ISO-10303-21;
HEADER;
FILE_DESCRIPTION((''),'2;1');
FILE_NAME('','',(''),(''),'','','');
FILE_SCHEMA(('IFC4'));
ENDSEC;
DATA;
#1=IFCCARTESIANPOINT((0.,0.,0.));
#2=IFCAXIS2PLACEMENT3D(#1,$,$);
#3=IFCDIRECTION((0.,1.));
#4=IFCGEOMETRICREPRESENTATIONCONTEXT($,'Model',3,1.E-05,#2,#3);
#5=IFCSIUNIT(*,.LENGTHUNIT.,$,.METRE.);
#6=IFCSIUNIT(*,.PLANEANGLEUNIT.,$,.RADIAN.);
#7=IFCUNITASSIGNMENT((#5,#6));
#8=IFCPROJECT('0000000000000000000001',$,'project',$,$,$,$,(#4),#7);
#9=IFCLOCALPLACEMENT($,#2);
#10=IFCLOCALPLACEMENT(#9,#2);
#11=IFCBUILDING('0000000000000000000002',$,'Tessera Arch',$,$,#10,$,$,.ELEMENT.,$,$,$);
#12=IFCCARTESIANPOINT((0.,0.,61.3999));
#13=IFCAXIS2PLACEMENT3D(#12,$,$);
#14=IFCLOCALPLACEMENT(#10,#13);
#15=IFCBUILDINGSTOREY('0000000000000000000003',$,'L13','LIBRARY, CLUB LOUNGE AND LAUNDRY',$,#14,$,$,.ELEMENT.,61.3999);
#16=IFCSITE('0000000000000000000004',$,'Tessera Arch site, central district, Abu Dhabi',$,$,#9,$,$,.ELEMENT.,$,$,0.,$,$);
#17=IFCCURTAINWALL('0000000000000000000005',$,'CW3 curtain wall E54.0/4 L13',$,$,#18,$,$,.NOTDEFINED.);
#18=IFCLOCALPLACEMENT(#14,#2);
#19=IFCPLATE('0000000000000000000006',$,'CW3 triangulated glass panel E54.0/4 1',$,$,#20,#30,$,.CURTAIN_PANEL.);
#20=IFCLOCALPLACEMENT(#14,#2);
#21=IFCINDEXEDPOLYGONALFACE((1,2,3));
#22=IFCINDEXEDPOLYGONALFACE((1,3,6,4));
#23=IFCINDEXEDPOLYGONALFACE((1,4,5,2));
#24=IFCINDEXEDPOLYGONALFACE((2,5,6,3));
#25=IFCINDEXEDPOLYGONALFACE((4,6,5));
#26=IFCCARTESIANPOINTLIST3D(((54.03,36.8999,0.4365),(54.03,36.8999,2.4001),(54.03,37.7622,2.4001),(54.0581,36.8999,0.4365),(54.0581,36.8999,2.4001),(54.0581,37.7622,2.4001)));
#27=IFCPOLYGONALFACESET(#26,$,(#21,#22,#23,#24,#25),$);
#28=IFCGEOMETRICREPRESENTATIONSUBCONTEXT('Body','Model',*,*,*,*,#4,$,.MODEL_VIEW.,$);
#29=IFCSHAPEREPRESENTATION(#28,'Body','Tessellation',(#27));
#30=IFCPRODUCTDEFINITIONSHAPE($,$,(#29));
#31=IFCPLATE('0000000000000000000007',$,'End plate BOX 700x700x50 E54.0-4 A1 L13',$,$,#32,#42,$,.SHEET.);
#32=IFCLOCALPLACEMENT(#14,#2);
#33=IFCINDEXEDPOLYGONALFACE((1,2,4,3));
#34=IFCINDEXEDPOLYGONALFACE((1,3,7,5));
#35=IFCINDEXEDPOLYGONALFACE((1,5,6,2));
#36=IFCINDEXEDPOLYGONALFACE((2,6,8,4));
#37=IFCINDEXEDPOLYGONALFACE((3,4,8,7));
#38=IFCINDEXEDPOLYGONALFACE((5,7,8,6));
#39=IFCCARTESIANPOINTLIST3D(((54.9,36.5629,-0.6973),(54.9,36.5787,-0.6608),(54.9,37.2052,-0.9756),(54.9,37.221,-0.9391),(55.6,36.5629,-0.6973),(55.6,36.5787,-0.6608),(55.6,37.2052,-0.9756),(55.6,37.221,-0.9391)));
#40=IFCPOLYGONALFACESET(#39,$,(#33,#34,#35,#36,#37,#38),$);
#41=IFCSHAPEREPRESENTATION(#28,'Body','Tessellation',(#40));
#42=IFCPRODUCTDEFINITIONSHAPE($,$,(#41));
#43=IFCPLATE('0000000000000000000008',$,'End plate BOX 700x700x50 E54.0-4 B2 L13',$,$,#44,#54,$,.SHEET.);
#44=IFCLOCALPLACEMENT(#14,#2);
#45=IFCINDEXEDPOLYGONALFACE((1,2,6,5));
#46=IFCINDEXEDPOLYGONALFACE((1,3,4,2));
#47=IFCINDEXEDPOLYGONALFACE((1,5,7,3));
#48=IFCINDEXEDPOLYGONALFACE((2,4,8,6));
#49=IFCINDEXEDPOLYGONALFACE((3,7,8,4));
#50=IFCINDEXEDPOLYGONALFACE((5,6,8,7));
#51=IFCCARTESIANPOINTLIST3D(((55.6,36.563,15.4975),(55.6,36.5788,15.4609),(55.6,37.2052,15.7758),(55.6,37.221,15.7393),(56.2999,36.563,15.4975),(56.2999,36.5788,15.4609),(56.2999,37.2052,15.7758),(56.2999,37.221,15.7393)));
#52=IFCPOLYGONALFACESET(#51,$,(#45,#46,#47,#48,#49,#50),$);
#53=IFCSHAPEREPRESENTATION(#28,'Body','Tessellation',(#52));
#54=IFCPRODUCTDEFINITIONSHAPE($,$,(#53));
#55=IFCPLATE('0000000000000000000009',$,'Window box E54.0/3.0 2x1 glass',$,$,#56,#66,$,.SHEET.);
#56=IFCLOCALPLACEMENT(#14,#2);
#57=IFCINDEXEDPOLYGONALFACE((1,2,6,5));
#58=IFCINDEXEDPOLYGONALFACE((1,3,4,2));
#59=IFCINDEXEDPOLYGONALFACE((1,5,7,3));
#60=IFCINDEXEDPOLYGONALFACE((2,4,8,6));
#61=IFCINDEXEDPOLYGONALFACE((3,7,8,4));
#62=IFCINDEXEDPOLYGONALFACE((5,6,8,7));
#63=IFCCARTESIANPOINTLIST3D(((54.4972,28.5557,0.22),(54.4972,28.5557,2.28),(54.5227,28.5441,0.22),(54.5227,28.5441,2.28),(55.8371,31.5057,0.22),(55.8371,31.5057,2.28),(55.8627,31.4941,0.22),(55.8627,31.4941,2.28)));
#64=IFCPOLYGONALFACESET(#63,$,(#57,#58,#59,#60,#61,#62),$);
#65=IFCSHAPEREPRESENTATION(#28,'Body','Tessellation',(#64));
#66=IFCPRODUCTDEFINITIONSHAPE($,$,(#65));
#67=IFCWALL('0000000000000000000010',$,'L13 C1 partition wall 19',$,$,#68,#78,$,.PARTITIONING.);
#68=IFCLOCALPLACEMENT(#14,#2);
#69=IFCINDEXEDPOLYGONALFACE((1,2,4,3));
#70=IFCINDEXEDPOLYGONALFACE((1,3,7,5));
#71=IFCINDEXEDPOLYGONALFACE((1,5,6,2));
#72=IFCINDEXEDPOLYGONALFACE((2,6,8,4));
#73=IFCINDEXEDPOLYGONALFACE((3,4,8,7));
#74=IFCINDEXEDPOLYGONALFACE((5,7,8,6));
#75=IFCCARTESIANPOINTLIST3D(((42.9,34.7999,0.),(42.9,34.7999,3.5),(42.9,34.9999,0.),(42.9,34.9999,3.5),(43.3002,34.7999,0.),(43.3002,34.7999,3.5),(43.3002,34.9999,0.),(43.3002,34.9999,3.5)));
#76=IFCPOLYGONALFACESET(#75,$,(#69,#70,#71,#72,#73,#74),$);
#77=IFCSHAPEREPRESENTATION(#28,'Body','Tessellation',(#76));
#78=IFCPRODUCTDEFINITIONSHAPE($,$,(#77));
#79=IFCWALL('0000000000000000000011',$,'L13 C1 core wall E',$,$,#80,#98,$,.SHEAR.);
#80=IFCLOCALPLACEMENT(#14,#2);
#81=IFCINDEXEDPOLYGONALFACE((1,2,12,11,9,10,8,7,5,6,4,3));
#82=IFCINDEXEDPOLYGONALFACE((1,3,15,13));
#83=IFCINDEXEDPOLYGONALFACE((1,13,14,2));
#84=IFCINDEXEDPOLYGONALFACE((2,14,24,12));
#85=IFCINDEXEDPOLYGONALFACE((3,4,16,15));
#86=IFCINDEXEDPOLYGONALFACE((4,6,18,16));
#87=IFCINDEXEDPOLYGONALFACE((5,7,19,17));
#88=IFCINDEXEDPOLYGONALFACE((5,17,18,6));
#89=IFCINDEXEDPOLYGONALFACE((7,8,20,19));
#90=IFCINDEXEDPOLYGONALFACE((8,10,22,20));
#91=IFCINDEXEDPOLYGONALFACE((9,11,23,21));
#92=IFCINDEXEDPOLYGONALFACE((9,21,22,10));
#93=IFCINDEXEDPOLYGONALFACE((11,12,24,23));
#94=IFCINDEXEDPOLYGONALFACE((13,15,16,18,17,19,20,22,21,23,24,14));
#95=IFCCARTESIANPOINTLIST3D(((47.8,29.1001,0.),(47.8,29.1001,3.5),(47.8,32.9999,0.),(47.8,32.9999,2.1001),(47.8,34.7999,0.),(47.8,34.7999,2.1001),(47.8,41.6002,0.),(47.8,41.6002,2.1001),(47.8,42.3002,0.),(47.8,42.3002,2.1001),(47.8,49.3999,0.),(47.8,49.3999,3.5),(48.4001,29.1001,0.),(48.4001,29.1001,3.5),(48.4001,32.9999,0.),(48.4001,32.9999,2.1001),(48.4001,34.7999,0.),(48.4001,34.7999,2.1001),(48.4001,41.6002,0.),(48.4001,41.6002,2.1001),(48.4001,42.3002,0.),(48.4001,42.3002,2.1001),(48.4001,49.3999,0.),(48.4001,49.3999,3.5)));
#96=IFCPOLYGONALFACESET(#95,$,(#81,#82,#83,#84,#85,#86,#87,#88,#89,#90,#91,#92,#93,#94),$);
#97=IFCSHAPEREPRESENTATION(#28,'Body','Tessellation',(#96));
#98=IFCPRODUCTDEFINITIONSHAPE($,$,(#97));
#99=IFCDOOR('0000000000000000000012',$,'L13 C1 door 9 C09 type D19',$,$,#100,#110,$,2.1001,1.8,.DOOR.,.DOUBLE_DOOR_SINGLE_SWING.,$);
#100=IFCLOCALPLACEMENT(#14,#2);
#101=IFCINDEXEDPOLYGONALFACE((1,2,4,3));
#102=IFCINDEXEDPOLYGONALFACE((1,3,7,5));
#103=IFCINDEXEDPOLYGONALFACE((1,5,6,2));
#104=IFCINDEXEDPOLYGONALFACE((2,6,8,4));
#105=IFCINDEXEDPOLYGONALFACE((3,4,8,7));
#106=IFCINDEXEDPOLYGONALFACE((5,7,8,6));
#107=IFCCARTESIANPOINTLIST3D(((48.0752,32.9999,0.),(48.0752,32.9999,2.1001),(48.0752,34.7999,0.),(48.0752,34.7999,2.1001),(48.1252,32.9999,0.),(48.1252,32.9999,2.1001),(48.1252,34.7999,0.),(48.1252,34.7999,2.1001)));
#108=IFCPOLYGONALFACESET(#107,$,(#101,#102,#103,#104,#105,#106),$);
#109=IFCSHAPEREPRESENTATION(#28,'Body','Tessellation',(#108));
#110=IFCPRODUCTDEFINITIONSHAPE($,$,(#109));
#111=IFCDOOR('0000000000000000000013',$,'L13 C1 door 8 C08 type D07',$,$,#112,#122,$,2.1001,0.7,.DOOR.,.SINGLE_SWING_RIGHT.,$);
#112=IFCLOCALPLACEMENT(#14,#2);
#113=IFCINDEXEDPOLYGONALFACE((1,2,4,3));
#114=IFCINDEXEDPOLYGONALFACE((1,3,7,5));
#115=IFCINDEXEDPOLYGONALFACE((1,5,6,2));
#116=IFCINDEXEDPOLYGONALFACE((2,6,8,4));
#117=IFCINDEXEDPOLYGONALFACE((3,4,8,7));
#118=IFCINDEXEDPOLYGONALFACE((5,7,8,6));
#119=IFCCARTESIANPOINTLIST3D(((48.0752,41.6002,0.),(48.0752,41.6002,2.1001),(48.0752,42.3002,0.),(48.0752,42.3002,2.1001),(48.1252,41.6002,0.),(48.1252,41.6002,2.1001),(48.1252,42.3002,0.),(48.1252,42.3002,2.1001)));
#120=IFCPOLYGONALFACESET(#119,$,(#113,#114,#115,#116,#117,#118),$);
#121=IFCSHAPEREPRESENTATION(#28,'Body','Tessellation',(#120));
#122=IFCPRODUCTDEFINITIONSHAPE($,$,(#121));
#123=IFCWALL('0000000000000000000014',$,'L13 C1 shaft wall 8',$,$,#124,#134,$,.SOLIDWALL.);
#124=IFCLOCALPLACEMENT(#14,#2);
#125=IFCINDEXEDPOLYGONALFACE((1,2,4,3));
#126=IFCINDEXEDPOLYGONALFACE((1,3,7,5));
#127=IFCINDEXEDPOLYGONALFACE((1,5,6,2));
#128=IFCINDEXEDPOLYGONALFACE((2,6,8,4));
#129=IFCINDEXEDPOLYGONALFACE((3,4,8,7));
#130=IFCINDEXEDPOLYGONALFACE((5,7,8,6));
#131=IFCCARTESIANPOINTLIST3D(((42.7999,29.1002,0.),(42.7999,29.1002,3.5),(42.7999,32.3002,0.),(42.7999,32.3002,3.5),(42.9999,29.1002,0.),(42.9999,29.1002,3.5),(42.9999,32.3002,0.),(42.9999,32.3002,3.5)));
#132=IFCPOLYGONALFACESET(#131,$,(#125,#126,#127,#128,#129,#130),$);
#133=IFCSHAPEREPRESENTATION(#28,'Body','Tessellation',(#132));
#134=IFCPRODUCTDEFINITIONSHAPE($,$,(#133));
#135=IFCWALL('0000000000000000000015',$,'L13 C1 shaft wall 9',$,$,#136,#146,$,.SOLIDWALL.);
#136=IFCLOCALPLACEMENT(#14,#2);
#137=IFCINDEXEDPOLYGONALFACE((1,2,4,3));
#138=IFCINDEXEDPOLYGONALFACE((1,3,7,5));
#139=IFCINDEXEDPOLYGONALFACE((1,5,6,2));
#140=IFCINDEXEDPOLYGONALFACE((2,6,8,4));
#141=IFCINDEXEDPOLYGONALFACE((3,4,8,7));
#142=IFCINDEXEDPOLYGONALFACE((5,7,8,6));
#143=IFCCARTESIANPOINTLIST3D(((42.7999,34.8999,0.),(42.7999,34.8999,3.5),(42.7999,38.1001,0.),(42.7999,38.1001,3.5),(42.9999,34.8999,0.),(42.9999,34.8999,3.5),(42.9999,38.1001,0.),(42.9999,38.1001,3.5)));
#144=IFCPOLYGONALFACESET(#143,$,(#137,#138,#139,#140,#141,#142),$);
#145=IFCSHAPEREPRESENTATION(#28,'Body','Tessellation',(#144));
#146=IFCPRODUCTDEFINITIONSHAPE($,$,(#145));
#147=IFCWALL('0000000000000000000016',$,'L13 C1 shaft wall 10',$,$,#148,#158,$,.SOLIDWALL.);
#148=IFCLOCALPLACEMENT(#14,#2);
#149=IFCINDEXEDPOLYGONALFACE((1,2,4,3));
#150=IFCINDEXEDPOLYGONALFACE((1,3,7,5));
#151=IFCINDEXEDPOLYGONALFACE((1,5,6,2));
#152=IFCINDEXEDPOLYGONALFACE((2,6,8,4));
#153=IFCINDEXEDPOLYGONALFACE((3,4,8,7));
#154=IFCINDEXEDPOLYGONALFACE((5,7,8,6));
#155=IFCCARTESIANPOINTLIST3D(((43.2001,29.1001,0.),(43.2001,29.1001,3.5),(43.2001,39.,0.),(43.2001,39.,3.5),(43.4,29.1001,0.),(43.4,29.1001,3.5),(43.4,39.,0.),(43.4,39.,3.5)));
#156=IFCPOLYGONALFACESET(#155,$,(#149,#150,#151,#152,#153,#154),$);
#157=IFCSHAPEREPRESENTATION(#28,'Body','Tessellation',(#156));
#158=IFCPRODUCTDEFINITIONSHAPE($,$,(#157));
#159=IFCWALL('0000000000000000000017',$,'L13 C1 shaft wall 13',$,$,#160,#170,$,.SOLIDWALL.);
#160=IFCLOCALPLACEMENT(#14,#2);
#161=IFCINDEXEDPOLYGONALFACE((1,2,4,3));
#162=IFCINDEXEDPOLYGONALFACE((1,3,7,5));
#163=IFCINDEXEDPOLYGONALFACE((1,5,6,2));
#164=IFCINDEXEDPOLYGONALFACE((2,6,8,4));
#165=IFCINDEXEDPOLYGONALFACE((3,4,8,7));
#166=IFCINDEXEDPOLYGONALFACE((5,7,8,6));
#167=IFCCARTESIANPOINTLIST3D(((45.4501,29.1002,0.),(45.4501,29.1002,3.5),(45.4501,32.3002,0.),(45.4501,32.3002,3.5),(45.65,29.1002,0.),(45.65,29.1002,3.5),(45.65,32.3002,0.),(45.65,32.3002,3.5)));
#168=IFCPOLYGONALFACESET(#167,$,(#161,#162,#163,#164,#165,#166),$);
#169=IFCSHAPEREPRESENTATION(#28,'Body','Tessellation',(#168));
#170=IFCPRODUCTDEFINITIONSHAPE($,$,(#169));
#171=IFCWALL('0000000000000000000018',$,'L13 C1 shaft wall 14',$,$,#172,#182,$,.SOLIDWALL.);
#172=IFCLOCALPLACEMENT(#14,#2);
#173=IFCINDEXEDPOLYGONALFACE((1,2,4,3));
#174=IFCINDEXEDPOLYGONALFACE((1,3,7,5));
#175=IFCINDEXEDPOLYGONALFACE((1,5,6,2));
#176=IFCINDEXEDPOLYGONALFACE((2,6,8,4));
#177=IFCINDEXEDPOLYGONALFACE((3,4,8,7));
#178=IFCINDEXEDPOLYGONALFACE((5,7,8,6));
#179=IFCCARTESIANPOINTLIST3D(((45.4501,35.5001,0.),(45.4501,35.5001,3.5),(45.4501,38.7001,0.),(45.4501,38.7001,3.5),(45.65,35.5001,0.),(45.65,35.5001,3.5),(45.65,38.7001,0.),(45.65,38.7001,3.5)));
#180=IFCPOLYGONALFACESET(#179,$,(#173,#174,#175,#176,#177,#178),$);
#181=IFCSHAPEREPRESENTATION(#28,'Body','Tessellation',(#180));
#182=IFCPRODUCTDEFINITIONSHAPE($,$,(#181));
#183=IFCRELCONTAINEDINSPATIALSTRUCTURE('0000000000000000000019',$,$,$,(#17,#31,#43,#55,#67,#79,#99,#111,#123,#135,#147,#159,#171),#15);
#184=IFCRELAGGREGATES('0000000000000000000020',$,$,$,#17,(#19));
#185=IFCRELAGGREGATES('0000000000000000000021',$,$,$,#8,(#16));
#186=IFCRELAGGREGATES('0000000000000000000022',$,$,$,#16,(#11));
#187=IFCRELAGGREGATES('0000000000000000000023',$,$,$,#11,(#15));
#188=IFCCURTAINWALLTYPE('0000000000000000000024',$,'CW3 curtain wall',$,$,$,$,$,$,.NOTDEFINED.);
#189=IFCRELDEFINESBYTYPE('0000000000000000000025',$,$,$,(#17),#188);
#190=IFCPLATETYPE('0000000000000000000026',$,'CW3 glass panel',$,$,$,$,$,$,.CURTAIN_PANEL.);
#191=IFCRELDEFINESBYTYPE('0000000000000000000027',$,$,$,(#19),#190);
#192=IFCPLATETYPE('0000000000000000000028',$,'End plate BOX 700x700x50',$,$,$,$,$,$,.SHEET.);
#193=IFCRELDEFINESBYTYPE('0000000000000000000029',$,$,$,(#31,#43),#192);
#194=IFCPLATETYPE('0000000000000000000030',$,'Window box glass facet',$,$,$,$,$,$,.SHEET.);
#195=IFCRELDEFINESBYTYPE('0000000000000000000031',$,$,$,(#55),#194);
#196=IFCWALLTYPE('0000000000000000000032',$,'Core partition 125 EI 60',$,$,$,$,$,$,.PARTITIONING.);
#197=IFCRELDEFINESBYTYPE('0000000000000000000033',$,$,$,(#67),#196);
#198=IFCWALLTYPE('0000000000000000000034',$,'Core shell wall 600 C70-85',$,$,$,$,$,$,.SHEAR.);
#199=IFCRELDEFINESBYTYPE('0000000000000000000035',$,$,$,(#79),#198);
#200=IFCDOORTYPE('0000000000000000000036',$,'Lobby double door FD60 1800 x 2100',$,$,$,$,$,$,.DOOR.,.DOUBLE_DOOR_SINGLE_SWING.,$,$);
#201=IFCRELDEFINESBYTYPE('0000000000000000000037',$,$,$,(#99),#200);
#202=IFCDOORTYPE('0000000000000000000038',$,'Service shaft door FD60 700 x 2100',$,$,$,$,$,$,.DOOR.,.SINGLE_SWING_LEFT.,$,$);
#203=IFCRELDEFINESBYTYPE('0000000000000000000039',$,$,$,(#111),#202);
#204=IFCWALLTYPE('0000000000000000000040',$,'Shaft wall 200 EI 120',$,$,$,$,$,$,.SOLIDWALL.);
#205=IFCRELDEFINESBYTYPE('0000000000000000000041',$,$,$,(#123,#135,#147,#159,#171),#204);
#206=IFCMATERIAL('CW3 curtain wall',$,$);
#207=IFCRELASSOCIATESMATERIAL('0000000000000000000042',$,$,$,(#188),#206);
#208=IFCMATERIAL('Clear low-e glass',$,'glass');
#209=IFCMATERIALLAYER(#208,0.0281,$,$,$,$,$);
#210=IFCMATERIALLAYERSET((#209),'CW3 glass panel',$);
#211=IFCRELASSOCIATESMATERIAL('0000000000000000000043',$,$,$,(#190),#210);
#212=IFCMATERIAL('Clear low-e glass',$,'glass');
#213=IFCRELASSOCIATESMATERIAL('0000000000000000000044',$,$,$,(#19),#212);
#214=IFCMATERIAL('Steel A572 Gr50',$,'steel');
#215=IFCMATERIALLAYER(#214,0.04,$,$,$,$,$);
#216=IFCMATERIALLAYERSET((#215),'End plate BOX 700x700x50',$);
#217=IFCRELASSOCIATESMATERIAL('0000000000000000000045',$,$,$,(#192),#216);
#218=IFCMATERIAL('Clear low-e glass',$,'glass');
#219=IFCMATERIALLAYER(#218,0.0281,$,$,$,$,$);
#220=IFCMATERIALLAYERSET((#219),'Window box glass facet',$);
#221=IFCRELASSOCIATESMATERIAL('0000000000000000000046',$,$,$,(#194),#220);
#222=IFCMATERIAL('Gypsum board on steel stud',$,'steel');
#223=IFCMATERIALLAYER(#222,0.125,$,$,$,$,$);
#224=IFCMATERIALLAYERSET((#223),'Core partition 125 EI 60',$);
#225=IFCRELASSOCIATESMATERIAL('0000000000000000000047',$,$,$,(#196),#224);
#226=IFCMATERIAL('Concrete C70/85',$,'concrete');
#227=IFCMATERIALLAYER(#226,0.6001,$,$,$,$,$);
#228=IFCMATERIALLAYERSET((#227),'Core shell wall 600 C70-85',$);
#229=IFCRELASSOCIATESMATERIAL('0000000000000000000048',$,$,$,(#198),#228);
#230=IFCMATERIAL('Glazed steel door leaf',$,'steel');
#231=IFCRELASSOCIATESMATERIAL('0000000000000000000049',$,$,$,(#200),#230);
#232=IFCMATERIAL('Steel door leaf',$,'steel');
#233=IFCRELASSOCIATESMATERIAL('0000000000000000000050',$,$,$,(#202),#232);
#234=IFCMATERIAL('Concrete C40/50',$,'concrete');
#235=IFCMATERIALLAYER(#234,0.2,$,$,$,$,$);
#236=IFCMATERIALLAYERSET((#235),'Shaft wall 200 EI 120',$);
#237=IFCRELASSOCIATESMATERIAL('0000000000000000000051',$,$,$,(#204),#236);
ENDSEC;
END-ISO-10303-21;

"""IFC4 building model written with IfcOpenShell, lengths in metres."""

from ifc_helpers import new_model, si_unit, direction, frame, frame_2d, origin, origin_2d, place, context, subcontext, project, spatial, polyline, rectangle, outline, extrude, material, layer, layer_set, type_object, element, fill, aggregate, save


model = new_model("IFC4")

# Units and contexts
model_context = context("Model", 3, precision=1e-05, world=origin(), true_north=direction((0.0, 1.0)))
body_context = subcontext(model_context, "Body", "Model", "MODEL_VIEW")
ifc_project = project(units=[si_unit("LENGTHUNIT", "METRE"), si_unit("PLANEANGLEUNIT", "RADIAN")], contexts=[model_context])

# Site, building, storey
site_placement = place(None, origin())
site = spatial("IfcSite", under=ifc_project, at=site_placement, Name="Tessera Arch site, central district, Abu Dhabi", CompositionType="ELEMENT", RefElevation=0.0)
building_placement = place(site_placement, origin())
building = spatial("IfcBuilding", under=site, at=building_placement, Name="Tessera Arch", CompositionType="ELEMENT")
storey_placement = place(building_placement, frame((0.0, 0.0, 61.3999)))
storey = spatial("IfcBuildingStorey", under=building, at=storey_placement, Name="L13", Description="LIBRARY, CLUB LOUNGE AND LAUNDRY", CompositionType="ELEMENT", Elevation=61.3999)

# Curtain wall
ifc_material_1 = material(Name="CW3 curtain wall")
curtain_wall_type_1 = type_object("IfcCurtainWallType", Name="CW3 curtain wall", PredefinedType="NOTDEFINED", material=ifc_material_1)
curtain_wall_1_placement = place(storey_placement, origin())
curtain_wall_1 = element("IfcCurtainWall", 1, at=curtain_wall_1_placement, inside=storey, type_object=curtain_wall_type_1, Name="CW3 curtain wall E54.0/4 L13", PredefinedType="NOTDEFINED")

# Plate
ifc_material_2 = material(Name="Clear low-e glass", Category="glass")
ifc_material_3 = material(Name="Clear low-e glass", Category="glass")
ifc_layer_1 = layer(ifc_material_3, 0.0281)
ifc_layer_set_1 = layer_set([ifc_layer_1], Name="CW3 glass panel")
plate_type_1 = type_object("IfcPlateType", Name="CW3 glass panel", PredefinedType="CURTAIN_PANEL", material=ifc_layer_set_1)
plate_1_placement = place(storey_placement, frame((54.0581, 36.8999, 2.4001), z_axis=(1.0, 0.0, 0.0), x_axis=(0.0, 0.0, -1.0)))
plate_1 = element("IfcPlate", 2, at=plate_1_placement, type_object=plate_type_1, material=ifc_material_2, Name="CW3 triangulated glass panel E54.0/4 1", PredefinedType="CURTAIN_PANEL", context=body_context, shape_type="SweptSolid", body=[
    extrude(outline(polyline([(0.0, 0.0), (1.9636, 0.0), (0.0, 0.8623), (0.0, 0.0)])), origin(), (0.0, 0.0, -1.0), 0.0281),
])
aggregate(curtain_wall_1, [plate_1])

# Plates
ifc_material_4 = material(Name="Steel A572 Gr50", Category="steel")
ifc_layer_2 = layer(ifc_material_4, 0.04)
ifc_layer_set_2 = layer_set([ifc_layer_2], Name="End plate BOX 700x700x50")
plate_type_2 = type_object("IfcPlateType", Name="End plate BOX 700x700x50", PredefinedType="SHEET", material=ifc_layer_set_2)
for number, where, z_axis, x_axis, name in (
    (3, (55.25, 36.884, -0.8364), (0.0, 0.397607, 0.917556), (-1.0, 0.0, 0.0), "End plate BOX 700x700x50 E54.0-4 A1 L13"),
    (4, (55.95, 36.8999, 15.6001), (0.0, -0.397607, 0.917556), (1.0, 0.0, 0.0), "End plate BOX 700x700x50 E54.0-4 B2 L13"),
):
    element("IfcPlate", number, at=place(storey_placement, frame(where, z_axis=z_axis, x_axis=x_axis)), inside=storey, type_object=plate_type_2, Name=name, PredefinedType="SHEET", context=body_context, shape_type="SweptSolid", body=[
        extrude(rectangle(XDim=0.7, YDim=0.7, at=origin_2d()), origin(), (0.0, 0.0, 1.0), 0.0398),
    ])
ifc_material_5 = material(Name="Clear low-e glass", Category="glass")
ifc_layer_3 = layer(ifc_material_5, 0.0281)
ifc_layer_set_3 = layer_set([ifc_layer_3], Name="Window box glass facet")
plate_type_3 = type_object("IfcPlateType", Name="Window box glass facet", PredefinedType="SHEET", material=ifc_layer_set_3)
plate_2_placement = place(storey_placement, frame((55.1799, 30.0249, 0.22), z_axis=(0.0, 0.0, 1.0), x_axis=(0.41357, 0.910472, 0.0)))
element("IfcPlate", 5, at=plate_2_placement, inside=storey, type_object=plate_type_3, Name="Window box E54.0/3.0 2x1 glass", PredefinedType="SHEET", context=body_context, shape_type="SweptSolid", body=[
    extrude(rectangle(XDim=3.24, YDim=0.0281, at=origin_2d()), origin(), (0.0, 0.0, 1.0), 2.0601),
])

# Wall
ifc_material_6 = material(Name="Gypsum board on steel stud", Category="steel")
ifc_layer_4 = layer(ifc_material_6, 0.125)
ifc_layer_set_4 = layer_set([ifc_layer_4], Name="Core partition 125 EI 60")
wall_type_1 = type_object("IfcWallType", Name="Core partition 125 EI 60", PredefinedType="PARTITIONING", material=ifc_layer_set_4)
wall_1_placement = place(storey_placement, frame((42.8999, 34.8999, 0.0), z_axis=(0.0, 0.0, 1.0), x_axis=(1.0, 0.0, 0.0)))
element("IfcWall", 6, at=wall_1_placement, inside=storey, type_object=wall_type_1, Name="L13 C1 partition wall 19", PredefinedType="PARTITIONING", context=body_context, shape_type="SweptSolid", body=[
    extrude(rectangle(XDim=0.4001, YDim=0.2, at=frame_2d((0.2002, 0.0))), origin(), (0.0, 0.0, 1.0), 3.5),
])

# Wall, openings, doors
ifc_material_7 = material(Name="Concrete C70/85", Category="concrete")
ifc_layer_5 = layer(ifc_material_7, 0.6001)
ifc_layer_set_5 = layer_set([ifc_layer_5], Name="Core shell wall 600 C70-85")
wall_type_2 = type_object("IfcWallType", Name="Core shell wall 600 C70-85", PredefinedType="SHEAR", material=ifc_layer_set_5)
wall_2_placement = place(storey_placement, frame((48.1001, 29.1001, 0.0), z_axis=(0.0, 0.0, 1.0), x_axis=(0.0, 1.0, 0.0)))
wall_2 = element("IfcWall", 7, at=wall_2_placement, inside=storey, type_object=wall_type_2, Name="L13 C1 core wall E", PredefinedType="SHEAR", context=body_context, shape_type="SweptSolid", body=[
    extrude(rectangle(XDim=20.2998, YDim=0.6001, at=frame_2d((10.1499, 0.0))), origin(), (0.0, 0.0, 1.0), 3.5),
])
opening_1_placement = place(wall_2_placement, frame((12.5, 0.0, 0.0)))
opening_1 = element("IfcOpeningElement", 8, at=opening_1_placement, cuts=wall_2, PredefinedType="OPENING", context=body_context, shape_type="SweptSolid", body=[
    extrude(rectangle(XDim=0.7, YDim=2.1001, at=frame_2d((0.3501, 1.05))), frame((0.0, 0.3101, 0.0), z_axis=(0.0, -1.0, 0.0), x_axis=(1.0, 0.0, 0.0)), (0.0, 0.0, 1.0), 0.6201),
])
opening_2_placement = place(wall_2_placement, frame((3.8999, 0.0, 0.0)))
opening_2 = element("IfcOpeningElement", 9, at=opening_2_placement, cuts=wall_2, PredefinedType="OPENING", context=body_context, shape_type="SweptSolid", body=[
    extrude(rectangle(XDim=1.8, YDim=2.1001, at=frame_2d((0.8999, 1.05))), frame((0.0, 0.3101, 0.0), z_axis=(0.0, -1.0, 0.0), x_axis=(1.0, 0.0, 0.0)), (0.0, 0.0, 1.0), 0.6201),
])
ifc_material_8 = material(Name="Glazed steel door leaf", Category="steel")
door_type_1 = type_object("IfcDoorType", Name="Lobby double door FD60 1800 x 2100", OperationType="DOUBLE_DOOR_SINGLE_SWING", PredefinedType="DOOR", material=ifc_material_8)
door_1_placement = place(opening_2_placement, origin())
door_1 = element("IfcDoor", 10, at=door_1_placement, inside=storey, type_object=door_type_1, Name="L13 C1 door 9 C09 type D19", OperationType="DOUBLE_DOOR_SINGLE_SWING", OverallHeight=2.1001, OverallWidth=1.8, PredefinedType="DOOR", context=body_context, shape_type="SweptSolid", body=[
    extrude(rectangle(XDim=1.8, YDim=2.1001, at=frame_2d((0.8999, 1.05))), frame((0.0, 0.0249, 0.0), z_axis=(0.0, -1.0, 0.0), x_axis=(1.0, 0.0, 0.0)), (0.0, 0.0, 1.0), 0.05),
])
fill(opening_2, door_1)
ifc_material_9 = material(Name="Steel door leaf", Category="steel")
door_type_2 = type_object("IfcDoorType", Name="Service shaft door FD60 700 x 2100", OperationType="SINGLE_SWING_LEFT", PredefinedType="DOOR", material=ifc_material_9)
door_2_placement = place(opening_1_placement, origin())
door_2 = element("IfcDoor", 11, at=door_2_placement, inside=storey, type_object=door_type_2, Name="L13 C1 door 8 C08 type D07", OperationType="SINGLE_SWING_RIGHT", OverallHeight=2.1001, OverallWidth=0.7, PredefinedType="DOOR", context=body_context, shape_type="SweptSolid", body=[
    extrude(rectangle(XDim=0.7, YDim=2.1001, at=frame_2d((0.3501, 1.05))), frame((0.0, 0.0249, 0.0), z_axis=(0.0, -1.0, 0.0), x_axis=(1.0, 0.0, 0.0)), (0.0, 0.0, 1.0), 0.05),
])
fill(opening_1, door_2)

# Walls
ifc_material_10 = material(Name="Concrete C40/50", Category="concrete")
ifc_layer_6 = layer(ifc_material_10, 0.2)
ifc_layer_set_6 = layer_set([ifc_layer_6], Name="Shaft wall 200 EI 120")
wall_type_3 = type_object("IfcWallType", Name="Shaft wall 200 EI 120", PredefinedType="SOLIDWALL", material=ifc_layer_set_6)
wall_3_placement = place(storey_placement, frame((42.8999, 29.1001, 0.0), z_axis=(0.0, 0.0, 1.0), x_axis=(0.0, 1.0, 0.0)))
element("IfcWall", 12, at=wall_3_placement, inside=storey, type_object=wall_type_3, Name="L13 C1 shaft wall 8", PredefinedType="SOLIDWALL", context=body_context, shape_type="SweptSolid", body=[
    extrude(rectangle(XDim=3.2, YDim=0.2, at=frame_2d((1.6001, 0.0))), origin(), (0.0, 0.0, 1.0), 3.5),
])
wall_4_placement = place(storey_placement, frame((42.8999, 34.8999, 0.0), z_axis=(0.0, 0.0, 1.0), x_axis=(0.0, 1.0, 0.0)))
element("IfcWall", 13, at=wall_4_placement, inside=storey, type_object=wall_type_3, Name="L13 C1 shaft wall 9", PredefinedType="SOLIDWALL", context=body_context, shape_type="SweptSolid", body=[
    extrude(rectangle(XDim=3.2002, YDim=0.2, at=frame_2d((1.6001, 0.0))), origin(), (0.0, 0.0, 1.0), 3.5),
])
wall_5_placement = place(storey_placement, frame((43.3, 29.1001, 0.0), z_axis=(0.0, 0.0, 1.0), x_axis=(0.0, 1.0, 0.0)))
element("IfcWall", 14, at=wall_5_placement, inside=storey, type_object=wall_type_3, Name="L13 C1 shaft wall 10", PredefinedType="SOLIDWALL", context=body_context, shape_type="SweptSolid", body=[
    extrude(rectangle(XDim=9.8999, YDim=0.2, at=frame_2d((4.95, 0.0))), origin(), (0.0, 0.0, 1.0), 3.5),
])
for number, where, z_axis, x_axis, name in (
    (15, (45.55, 29.1001, 0.0), (0.0, 0.0, 1.0), (0.0, 1.0, 0.0), "L13 C1 shaft wall 13"),
    (16, (45.55, 35.5, 0.0), (0.0, 0.0, 1.0), (0.0, 1.0, 0.0), "L13 C1 shaft wall 14"),
):
    element("IfcWall", number, at=place(storey_placement, frame(where, z_axis=z_axis, x_axis=x_axis)), inside=storey, type_object=wall_type_3, Name=name, PredefinedType="SOLIDWALL", context=body_context, shape_type="SweptSolid", body=[
        extrude(rectangle(XDim=3.2, YDim=0.2, at=frame_2d((1.6001, 0.0))), origin(), (0.0, 0.0, 1.0), 3.5),
    ])

save(model, "model.ifc")
